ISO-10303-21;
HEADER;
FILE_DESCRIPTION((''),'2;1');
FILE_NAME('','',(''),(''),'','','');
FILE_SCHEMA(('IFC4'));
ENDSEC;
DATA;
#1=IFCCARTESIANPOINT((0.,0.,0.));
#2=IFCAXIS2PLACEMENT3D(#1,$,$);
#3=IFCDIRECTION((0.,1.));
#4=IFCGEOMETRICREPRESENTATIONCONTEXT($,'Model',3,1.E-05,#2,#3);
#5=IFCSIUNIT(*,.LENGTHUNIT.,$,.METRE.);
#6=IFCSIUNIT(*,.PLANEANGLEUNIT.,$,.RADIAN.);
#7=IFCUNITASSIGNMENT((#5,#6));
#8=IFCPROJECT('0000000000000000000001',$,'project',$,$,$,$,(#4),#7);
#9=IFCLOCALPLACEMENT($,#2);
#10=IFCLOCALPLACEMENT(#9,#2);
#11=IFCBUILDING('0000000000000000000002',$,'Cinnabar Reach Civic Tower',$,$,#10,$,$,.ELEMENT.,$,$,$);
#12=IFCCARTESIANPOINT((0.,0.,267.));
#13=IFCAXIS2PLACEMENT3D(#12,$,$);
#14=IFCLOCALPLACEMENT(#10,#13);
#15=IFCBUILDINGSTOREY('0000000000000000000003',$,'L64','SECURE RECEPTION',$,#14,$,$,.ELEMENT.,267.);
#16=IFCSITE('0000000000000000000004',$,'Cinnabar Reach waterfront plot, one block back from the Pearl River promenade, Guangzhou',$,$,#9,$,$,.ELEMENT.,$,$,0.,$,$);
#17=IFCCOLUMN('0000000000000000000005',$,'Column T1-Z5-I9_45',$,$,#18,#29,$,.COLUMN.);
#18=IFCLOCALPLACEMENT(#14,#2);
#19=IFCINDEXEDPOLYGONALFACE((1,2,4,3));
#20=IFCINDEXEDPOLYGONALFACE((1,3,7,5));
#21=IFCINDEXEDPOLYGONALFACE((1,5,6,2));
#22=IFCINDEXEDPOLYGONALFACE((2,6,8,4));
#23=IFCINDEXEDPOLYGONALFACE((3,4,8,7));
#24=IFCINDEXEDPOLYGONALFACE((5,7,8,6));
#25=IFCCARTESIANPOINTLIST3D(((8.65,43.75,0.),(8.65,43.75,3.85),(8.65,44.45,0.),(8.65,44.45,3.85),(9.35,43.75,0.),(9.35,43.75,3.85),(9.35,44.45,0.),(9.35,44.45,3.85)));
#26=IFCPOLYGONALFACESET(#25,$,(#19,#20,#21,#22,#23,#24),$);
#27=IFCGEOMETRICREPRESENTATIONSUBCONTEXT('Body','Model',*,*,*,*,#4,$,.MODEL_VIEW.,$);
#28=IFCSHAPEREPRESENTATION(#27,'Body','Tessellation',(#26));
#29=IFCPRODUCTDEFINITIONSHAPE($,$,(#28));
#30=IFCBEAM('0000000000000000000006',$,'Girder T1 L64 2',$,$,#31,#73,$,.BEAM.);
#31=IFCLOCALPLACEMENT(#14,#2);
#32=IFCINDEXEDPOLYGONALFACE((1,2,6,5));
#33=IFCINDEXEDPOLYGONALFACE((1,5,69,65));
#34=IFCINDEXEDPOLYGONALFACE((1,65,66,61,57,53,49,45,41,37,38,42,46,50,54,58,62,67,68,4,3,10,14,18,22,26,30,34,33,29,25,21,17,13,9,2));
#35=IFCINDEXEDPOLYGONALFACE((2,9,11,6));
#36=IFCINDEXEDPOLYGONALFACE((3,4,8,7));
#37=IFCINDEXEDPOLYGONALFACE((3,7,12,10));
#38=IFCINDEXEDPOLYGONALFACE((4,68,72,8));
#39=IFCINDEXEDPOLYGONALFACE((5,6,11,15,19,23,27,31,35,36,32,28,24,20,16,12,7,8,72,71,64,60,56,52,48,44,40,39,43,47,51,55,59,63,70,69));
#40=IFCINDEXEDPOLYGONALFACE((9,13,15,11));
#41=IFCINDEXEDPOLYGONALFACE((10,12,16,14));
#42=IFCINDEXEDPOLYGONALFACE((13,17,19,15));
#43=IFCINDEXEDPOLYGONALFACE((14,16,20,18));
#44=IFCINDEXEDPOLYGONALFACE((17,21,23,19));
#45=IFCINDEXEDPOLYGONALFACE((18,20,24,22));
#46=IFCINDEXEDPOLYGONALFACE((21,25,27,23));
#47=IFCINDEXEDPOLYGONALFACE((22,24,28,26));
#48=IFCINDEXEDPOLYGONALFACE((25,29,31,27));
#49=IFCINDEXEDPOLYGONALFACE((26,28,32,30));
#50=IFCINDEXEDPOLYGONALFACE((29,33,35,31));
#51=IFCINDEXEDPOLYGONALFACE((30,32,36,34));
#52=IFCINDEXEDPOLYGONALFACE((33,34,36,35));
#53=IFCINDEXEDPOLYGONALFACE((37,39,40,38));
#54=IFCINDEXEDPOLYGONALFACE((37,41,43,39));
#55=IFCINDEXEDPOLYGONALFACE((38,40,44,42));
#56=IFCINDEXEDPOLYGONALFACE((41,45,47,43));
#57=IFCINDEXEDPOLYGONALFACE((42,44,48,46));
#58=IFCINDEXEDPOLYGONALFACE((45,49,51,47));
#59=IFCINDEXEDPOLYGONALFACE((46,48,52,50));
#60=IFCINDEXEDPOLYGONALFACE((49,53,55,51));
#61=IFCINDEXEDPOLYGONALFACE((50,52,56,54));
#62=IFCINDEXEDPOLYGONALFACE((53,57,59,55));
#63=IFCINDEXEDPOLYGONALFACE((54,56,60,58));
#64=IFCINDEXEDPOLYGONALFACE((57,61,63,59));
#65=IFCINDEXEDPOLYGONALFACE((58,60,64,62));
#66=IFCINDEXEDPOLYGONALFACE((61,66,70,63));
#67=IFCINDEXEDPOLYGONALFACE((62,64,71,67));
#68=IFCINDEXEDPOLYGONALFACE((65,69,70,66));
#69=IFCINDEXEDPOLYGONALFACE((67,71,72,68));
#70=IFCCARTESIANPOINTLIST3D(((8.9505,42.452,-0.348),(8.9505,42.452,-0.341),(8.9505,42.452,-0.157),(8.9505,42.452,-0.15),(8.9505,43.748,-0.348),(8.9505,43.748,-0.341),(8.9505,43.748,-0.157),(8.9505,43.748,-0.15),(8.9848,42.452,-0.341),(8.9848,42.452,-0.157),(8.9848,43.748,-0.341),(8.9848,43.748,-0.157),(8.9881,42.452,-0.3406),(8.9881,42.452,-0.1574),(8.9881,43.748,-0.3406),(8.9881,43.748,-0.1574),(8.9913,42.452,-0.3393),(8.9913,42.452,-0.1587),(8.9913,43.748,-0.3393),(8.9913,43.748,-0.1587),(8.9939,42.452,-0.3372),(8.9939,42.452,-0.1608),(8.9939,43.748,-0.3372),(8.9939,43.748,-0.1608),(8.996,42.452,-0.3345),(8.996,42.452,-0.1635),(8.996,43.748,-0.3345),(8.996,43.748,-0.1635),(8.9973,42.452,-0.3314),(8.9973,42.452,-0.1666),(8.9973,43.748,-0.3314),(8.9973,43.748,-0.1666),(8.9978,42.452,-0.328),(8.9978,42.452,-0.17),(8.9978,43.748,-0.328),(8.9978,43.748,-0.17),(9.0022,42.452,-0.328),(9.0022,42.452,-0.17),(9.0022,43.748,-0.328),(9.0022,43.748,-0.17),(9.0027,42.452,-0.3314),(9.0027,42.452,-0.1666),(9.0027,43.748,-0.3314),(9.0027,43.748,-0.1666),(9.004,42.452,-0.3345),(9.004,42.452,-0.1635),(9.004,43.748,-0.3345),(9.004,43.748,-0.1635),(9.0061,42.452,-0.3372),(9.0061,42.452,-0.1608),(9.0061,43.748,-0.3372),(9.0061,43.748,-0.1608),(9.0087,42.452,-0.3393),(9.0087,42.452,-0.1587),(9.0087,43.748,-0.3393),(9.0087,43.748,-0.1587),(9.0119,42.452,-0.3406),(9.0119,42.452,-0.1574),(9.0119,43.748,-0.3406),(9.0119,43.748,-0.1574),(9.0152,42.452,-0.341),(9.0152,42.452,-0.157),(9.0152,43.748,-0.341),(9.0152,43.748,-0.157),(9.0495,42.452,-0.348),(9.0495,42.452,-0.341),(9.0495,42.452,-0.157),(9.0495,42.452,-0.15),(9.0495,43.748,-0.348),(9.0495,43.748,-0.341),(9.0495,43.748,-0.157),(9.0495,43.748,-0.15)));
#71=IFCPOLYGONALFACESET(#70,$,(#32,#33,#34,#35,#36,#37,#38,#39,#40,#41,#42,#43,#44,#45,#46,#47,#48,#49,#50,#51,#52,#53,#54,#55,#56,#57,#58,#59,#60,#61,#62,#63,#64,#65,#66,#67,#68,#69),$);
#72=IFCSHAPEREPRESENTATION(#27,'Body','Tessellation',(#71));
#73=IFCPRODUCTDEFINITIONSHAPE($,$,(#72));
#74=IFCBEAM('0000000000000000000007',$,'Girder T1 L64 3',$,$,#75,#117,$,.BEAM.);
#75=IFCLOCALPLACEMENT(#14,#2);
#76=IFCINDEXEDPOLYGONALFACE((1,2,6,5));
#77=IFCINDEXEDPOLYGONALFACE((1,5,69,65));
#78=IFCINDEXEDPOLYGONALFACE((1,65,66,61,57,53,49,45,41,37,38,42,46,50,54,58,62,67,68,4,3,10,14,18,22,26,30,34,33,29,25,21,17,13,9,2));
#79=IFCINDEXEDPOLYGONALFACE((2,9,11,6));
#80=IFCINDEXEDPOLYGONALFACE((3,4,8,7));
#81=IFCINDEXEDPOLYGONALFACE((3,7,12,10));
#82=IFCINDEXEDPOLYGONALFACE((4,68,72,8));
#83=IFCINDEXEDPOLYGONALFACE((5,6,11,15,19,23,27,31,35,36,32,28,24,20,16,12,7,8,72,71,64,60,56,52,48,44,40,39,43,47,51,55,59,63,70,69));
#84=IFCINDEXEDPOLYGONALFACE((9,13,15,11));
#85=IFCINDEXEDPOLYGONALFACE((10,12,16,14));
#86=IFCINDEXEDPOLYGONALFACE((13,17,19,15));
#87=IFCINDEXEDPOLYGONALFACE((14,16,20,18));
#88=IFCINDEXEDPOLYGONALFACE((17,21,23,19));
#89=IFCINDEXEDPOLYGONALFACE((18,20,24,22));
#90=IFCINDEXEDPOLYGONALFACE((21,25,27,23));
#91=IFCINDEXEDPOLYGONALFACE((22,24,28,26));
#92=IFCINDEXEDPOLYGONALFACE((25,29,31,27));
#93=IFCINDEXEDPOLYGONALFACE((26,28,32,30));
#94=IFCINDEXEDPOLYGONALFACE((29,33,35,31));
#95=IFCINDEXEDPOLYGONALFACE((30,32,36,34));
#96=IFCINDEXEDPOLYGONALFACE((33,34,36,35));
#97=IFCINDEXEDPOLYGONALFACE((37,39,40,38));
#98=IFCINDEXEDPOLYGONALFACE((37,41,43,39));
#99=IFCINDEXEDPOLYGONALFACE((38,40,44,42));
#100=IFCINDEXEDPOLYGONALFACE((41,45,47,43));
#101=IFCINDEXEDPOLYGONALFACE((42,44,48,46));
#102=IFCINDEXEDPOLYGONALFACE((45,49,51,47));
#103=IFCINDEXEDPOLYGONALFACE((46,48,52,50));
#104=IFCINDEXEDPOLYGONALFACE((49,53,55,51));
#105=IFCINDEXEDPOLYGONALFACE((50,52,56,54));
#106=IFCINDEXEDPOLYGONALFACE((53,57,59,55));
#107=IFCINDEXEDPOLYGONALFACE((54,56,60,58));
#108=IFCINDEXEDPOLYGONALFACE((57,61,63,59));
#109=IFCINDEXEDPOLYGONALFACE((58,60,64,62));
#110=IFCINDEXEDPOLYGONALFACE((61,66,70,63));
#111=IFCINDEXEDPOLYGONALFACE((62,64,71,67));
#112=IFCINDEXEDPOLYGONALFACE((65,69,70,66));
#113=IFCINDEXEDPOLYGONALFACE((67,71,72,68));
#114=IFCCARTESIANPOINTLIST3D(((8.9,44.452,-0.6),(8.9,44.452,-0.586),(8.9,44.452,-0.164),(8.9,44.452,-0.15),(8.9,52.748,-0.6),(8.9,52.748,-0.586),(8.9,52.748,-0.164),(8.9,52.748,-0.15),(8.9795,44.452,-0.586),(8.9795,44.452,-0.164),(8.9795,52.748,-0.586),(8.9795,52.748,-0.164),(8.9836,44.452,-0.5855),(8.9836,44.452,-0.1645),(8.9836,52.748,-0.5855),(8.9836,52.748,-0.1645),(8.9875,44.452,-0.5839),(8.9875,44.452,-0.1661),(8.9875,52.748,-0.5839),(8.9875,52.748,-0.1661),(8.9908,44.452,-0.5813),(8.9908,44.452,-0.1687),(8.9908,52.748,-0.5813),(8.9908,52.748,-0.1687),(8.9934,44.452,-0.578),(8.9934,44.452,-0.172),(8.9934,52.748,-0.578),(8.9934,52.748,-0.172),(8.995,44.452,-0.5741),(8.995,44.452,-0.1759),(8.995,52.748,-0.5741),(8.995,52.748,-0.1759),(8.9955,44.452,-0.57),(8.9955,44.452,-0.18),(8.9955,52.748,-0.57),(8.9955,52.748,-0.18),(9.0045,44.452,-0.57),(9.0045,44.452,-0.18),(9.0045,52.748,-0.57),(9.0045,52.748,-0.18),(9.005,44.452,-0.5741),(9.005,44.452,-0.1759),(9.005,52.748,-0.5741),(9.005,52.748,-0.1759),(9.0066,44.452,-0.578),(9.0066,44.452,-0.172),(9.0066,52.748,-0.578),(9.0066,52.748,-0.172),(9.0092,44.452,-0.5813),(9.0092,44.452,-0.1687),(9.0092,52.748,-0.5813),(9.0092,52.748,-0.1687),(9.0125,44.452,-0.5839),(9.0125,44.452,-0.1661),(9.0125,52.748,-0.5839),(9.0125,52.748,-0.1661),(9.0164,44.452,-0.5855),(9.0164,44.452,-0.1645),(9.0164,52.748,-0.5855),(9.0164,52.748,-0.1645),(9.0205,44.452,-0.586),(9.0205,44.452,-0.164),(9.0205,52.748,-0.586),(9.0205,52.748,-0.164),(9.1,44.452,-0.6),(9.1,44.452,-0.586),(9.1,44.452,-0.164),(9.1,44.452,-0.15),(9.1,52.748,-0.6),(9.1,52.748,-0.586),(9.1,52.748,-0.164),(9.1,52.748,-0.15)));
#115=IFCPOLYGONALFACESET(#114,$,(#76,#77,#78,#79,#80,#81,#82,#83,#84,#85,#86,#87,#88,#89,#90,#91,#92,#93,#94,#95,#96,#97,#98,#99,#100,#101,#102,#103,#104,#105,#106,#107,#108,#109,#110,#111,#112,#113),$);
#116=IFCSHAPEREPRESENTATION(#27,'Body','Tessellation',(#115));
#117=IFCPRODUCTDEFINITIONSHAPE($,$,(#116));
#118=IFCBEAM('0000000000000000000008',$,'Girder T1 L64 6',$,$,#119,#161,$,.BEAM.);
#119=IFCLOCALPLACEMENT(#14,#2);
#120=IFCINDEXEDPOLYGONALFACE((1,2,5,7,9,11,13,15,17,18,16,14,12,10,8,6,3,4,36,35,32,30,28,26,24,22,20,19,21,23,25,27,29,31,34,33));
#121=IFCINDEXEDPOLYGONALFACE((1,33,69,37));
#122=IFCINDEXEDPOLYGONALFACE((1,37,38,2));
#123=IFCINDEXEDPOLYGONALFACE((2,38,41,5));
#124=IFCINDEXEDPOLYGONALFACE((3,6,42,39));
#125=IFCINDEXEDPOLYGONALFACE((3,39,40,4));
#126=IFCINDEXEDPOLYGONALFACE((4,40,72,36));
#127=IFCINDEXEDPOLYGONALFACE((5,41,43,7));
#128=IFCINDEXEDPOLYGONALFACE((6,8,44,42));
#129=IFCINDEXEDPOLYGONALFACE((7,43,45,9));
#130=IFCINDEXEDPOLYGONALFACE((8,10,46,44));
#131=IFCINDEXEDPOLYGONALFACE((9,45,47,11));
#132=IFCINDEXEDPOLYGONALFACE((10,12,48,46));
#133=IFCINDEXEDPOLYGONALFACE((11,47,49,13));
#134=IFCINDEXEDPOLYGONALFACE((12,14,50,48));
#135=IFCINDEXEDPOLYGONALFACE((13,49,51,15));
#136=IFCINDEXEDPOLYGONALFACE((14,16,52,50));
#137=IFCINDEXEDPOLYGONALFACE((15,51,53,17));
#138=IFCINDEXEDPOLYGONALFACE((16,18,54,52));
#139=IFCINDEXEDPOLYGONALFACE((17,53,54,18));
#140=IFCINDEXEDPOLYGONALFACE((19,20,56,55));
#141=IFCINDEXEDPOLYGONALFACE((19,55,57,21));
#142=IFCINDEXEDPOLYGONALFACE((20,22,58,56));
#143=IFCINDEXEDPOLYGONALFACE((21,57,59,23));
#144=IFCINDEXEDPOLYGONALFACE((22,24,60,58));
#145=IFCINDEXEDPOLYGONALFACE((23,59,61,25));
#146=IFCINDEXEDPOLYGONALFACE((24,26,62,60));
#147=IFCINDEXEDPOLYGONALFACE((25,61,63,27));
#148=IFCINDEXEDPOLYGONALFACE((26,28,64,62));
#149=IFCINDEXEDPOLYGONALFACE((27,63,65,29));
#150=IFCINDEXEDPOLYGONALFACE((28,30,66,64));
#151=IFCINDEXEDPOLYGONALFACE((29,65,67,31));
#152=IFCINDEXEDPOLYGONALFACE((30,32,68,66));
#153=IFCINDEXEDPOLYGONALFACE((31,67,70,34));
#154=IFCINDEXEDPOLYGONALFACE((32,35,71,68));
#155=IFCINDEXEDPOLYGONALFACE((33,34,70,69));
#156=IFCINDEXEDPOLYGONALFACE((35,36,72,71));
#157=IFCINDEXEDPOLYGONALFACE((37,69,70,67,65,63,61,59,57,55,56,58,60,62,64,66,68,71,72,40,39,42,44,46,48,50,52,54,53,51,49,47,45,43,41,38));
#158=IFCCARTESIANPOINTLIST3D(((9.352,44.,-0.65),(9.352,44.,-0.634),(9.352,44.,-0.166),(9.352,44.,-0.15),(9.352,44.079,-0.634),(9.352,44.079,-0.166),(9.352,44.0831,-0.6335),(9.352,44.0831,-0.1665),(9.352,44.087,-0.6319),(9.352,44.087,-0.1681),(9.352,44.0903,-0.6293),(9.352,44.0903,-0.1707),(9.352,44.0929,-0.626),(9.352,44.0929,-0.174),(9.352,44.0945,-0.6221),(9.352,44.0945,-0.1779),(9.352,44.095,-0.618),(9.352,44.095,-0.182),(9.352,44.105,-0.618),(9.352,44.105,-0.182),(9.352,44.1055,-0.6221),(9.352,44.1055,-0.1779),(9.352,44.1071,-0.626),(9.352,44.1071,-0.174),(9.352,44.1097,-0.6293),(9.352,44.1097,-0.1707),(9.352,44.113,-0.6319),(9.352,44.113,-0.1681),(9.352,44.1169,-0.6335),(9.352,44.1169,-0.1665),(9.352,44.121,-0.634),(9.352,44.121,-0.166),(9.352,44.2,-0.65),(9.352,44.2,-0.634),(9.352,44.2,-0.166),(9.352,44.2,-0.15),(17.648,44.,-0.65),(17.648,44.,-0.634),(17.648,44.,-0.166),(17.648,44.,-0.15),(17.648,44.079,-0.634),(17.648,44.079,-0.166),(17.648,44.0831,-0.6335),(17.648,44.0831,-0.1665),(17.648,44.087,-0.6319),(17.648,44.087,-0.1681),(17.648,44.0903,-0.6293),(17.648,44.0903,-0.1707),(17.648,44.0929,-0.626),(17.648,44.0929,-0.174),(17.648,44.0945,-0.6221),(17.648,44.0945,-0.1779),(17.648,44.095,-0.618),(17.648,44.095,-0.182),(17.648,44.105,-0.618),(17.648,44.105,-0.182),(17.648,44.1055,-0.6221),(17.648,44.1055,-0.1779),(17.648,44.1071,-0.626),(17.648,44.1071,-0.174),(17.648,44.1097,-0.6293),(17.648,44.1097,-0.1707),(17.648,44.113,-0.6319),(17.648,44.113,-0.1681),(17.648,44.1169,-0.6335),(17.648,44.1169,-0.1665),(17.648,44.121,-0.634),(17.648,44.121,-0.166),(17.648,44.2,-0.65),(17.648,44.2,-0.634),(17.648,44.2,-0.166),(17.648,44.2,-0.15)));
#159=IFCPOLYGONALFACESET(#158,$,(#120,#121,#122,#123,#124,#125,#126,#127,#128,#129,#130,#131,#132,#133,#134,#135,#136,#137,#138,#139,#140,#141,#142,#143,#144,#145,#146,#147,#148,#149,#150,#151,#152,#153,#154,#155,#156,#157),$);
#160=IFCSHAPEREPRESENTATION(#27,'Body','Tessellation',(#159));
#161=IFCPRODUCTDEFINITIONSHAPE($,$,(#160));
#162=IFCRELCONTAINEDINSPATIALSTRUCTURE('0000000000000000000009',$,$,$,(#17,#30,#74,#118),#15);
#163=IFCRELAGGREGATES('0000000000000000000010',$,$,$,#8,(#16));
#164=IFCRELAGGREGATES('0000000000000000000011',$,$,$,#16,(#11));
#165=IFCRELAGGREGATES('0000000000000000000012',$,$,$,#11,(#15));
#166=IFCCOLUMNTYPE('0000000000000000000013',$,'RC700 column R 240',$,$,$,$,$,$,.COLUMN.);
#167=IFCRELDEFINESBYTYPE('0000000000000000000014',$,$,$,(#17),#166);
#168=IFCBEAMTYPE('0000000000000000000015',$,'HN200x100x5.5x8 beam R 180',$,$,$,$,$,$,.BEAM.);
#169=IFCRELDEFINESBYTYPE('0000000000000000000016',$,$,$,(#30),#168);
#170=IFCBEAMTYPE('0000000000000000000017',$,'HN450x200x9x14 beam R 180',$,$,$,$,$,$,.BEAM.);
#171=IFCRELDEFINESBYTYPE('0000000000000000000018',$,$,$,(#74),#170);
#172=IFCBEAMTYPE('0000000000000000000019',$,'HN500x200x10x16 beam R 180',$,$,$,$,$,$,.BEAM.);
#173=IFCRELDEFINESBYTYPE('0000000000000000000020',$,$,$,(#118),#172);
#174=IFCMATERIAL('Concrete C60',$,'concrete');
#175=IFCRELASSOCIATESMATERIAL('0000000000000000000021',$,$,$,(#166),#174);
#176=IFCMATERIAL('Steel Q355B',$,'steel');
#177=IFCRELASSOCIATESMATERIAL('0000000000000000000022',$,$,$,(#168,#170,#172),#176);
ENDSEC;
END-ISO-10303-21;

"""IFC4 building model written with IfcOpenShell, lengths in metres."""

from ifc_helpers import new_model, si_unit, direction, frame, origin, origin_2d, place, context, subcontext, project, spatial, rectangle, i_section, extrude, material, material_profile, profile_set, type_object, element, save


model = new_model("IFC4")

# Units and contexts
model_context = context("Model", 3, precision=1e-05, world=origin(), true_north=direction((0.0, 1.0)))
body_context = subcontext(model_context, "Body", "Model", "MODEL_VIEW")
ifc_project = project(units=[si_unit("LENGTHUNIT", "METRE"), si_unit("PLANEANGLEUNIT", "RADIAN")], contexts=[model_context])

# Site, building, storey
site_placement = place(None, origin())
site = spatial("IfcSite", under=ifc_project, at=site_placement, Name="Cinnabar Reach waterfront plot, one block back from the Pearl River promenade, Guangzhou", CompositionType="ELEMENT", RefElevation=0.0)
building_placement = place(site_placement, origin())
building = spatial("IfcBuilding", under=site, at=building_placement, Name="Cinnabar Reach Civic Tower", CompositionType="ELEMENT")
storey_placement = place(building_placement, frame((0.0, 0.0, 267.0)))
storey = spatial("IfcBuildingStorey", under=building, at=storey_placement, Name="L64", Description="SECURE RECEPTION", CompositionType="ELEMENT", Elevation=267.0)

# Column
ifc_material_1 = material(Name="Concrete C60", Category="concrete")
ifc_material_profile_1 = material_profile(ifc_material_1, rectangle(XDim=0.7, YDim=0.7, at=origin_2d()), Name="RC700")
ifc_profile_set_1 = profile_set([ifc_material_profile_1], Name="Concrete C60")
column_type = type_object("IfcColumnType", Name="RC700 column R 240", PredefinedType="COLUMN", material=ifc_profile_set_1)
column_placement = place(storey_placement, frame((9.0, 44.1, 0.0), z_axis=(0.0, 0.0, 1.0), x_axis=(1.0, 0.0, 0.0)))
element("IfcColumn", 1, at=column_placement, inside=storey, type_object=column_type, Name="Column T1-Z5-I9_45", PredefinedType="COLUMN", context=body_context, shape_type="SweptSolid", body=[
    extrude(rectangle(XDim=0.7, YDim=0.7, at=origin_2d()), origin(), (0.0, 0.0, 1.0), 3.85),
])

# Beams
ifc_material_2 = material(Name="Steel Q355B", Category="steel")
ifc_material_profile_2 = material_profile(ifc_material_2, i_section(OverallWidth=0.099, OverallDepth=0.198, WebThickness=0.0045, FlangeThickness=0.007, FilletRadius=0.013, at=origin_2d()), Name="HN200x100x5.5x8")
ifc_profile_set_2 = profile_set([ifc_material_profile_2], Name="Steel Q355B")
beam_type_1 = type_object("IfcBeamType", Name="HN200x100x5.5x8 beam R 180", PredefinedType="BEAM", material=ifc_profile_set_2)
beam_1_placement = place(storey_placement, frame((9.0, 42.452, -0.249), z_axis=(0.0, 1.0, 0.0), x_axis=(-1.0, 0.0, 0.0)))
element("IfcBeam", 2, at=beam_1_placement, inside=storey, type_object=beam_type_1, Name="Girder T1 L64 2", PredefinedType="BEAM", context=body_context, shape_type="SweptSolid", body=[
    extrude(i_section(OverallWidth=0.099, OverallDepth=0.198, WebThickness=0.0045, FlangeThickness=0.007, FilletRadius=0.013, at=origin_2d()), origin(), (0.0, 0.0, 1.0), 1.296),
])
ifc_material_profile_3 = material_profile(ifc_material_2, i_section(OverallWidth=0.2, OverallDepth=0.45, WebThickness=0.009, FlangeThickness=0.014, FilletRadius=0.016, at=origin_2d()), Name="HN450x200x9x14")
ifc_profile_set_3 = profile_set([ifc_material_profile_3], Name="Steel Q355B")
beam_type_2 = type_object("IfcBeamType", Name="HN450x200x9x14 beam R 180", PredefinedType="BEAM", material=ifc_profile_set_3)
beam_2_placement = place(storey_placement, frame((9.0, 44.452, -0.375), z_axis=(0.0, 1.0, 0.0), x_axis=(-1.0, 0.0, 0.0)))
element("IfcBeam", 3, at=beam_2_placement, inside=storey, type_object=beam_type_2, Name="Girder T1 L64 3", PredefinedType="BEAM", context=body_context, shape_type="SweptSolid", body=[
    extrude(i_section(OverallWidth=0.2, OverallDepth=0.45, WebThickness=0.009, FlangeThickness=0.014, FilletRadius=0.016, at=origin_2d()), origin(), (0.0, 0.0, 1.0), 8.296),
])
ifc_material_profile_4 = material_profile(ifc_material_2, i_section(OverallWidth=0.2, OverallDepth=0.5, WebThickness=0.01, FlangeThickness=0.016, FilletRadius=0.016, at=origin_2d()), Name="HN500x200x10x16")
ifc_profile_set_4 = profile_set([ifc_material_profile_4], Name="Steel Q355B")
beam_type_3 = type_object("IfcBeamType", Name="HN500x200x10x16 beam R 180", PredefinedType="BEAM", material=ifc_profile_set_4)
beam_3_placement = place(storey_placement, frame((9.352, 44.1, -0.4), z_axis=(1.0, 0.0, 0.0), x_axis=(0.0, 1.0, 0.0)))
element("IfcBeam", 4, at=beam_3_placement, inside=storey, type_object=beam_type_3, Name="Girder T1 L64 6", PredefinedType="BEAM", context=body_context, shape_type="SweptSolid", body=[
    extrude(i_section(OverallWidth=0.2, OverallDepth=0.5, WebThickness=0.01, FlangeThickness=0.016, FilletRadius=0.016, at=origin_2d()), origin(), (0.0, 0.0, 1.0), 8.296),
])

save(model, "model.ifc")
